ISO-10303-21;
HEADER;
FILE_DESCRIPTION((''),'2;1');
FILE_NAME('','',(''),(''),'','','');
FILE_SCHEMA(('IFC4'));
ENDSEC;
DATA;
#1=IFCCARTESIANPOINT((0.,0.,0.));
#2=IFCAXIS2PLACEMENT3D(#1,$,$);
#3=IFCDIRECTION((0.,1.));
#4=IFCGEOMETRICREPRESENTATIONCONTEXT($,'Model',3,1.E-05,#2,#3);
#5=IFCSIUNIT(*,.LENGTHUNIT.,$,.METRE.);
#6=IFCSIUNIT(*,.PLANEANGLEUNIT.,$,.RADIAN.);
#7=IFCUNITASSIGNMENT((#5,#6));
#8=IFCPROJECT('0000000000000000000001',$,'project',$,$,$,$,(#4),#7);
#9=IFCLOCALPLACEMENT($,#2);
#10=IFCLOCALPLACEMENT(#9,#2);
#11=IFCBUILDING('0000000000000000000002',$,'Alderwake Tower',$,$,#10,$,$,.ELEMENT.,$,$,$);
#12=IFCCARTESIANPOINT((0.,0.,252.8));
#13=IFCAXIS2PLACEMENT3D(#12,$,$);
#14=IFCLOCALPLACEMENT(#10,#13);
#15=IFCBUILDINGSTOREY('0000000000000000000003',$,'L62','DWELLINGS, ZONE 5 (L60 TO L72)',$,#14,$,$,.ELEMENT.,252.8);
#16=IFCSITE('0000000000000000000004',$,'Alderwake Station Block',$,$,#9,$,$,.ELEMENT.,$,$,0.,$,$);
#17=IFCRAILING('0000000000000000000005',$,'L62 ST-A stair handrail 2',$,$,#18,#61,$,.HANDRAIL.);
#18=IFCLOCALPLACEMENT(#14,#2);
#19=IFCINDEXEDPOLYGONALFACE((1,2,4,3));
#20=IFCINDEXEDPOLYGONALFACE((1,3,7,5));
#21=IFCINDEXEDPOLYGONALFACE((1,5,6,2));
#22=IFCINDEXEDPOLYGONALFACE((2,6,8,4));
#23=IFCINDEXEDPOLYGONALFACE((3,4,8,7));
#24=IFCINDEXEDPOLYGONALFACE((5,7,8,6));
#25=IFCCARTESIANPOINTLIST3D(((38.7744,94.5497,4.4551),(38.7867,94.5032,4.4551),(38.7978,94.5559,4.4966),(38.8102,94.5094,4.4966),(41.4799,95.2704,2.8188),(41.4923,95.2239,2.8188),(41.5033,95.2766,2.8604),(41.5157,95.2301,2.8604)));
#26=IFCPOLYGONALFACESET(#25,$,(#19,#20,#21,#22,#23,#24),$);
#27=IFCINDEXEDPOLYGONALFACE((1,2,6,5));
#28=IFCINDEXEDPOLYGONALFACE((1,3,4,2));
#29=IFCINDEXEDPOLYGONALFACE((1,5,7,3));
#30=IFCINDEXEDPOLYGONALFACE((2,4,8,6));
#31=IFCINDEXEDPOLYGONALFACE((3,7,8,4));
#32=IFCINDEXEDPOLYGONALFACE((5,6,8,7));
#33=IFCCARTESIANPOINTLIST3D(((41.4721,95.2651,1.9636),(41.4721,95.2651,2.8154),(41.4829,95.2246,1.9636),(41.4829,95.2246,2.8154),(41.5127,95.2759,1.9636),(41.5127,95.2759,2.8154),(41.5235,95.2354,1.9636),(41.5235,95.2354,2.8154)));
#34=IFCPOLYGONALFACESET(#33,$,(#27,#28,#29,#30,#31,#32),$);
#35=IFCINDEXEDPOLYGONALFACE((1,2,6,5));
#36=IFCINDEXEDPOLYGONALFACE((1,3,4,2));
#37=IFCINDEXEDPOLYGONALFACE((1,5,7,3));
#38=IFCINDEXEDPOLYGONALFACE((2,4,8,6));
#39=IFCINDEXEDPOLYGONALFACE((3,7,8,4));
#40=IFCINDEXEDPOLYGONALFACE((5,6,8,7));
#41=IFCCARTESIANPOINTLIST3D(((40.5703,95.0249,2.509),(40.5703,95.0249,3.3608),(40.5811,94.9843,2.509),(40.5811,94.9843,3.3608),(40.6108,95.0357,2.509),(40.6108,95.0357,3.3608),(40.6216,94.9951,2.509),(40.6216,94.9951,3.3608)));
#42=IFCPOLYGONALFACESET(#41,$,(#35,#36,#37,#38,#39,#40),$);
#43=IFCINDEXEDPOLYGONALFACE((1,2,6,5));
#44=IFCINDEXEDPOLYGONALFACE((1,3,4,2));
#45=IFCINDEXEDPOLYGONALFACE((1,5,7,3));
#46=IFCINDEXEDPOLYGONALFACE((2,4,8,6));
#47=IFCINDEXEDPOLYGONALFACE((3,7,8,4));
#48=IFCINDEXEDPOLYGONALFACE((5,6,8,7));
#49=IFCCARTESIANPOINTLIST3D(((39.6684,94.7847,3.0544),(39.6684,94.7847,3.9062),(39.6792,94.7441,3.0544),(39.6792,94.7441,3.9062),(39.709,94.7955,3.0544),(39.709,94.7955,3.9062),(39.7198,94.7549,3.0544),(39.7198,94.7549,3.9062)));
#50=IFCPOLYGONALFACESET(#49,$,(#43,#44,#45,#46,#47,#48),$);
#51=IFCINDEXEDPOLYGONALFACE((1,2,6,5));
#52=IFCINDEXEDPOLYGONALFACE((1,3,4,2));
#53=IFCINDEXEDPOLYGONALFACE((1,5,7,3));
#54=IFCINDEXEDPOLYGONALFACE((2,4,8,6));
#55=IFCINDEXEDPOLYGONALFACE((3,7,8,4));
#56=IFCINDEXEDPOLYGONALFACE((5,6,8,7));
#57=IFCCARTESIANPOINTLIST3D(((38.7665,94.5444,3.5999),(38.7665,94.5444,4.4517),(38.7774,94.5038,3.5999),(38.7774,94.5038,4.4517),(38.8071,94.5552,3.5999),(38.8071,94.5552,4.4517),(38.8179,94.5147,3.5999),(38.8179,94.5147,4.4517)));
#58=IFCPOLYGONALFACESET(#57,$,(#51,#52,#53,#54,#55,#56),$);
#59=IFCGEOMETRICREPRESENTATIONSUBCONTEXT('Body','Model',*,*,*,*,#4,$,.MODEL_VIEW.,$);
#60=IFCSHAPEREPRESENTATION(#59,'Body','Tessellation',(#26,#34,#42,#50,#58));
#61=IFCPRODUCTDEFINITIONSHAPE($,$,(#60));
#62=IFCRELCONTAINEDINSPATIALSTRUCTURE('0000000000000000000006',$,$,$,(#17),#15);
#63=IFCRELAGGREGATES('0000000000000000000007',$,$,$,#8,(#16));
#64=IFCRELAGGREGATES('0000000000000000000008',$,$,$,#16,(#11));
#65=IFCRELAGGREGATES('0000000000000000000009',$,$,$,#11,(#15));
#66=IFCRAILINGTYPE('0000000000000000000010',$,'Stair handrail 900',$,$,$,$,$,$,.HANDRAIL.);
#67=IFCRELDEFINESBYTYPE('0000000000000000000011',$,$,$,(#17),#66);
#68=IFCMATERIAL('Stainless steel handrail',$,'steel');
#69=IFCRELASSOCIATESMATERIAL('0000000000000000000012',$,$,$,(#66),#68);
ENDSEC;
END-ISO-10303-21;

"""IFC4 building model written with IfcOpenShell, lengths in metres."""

from ifc_helpers import new_model, si_unit, direction, frame, origin, origin_2d, place, context, subcontext, project, spatial, rectangle, extrude, material, type_object, element, save


model = new_model("IFC4")

# Units and contexts
model_context = context("Model", 3, precision=1e-05, world=origin(), true_north=direction((0.0, 1.0)))
body_context = subcontext(model_context, "Body", "Model", "MODEL_VIEW")
ifc_project = project(units=[si_unit("LENGTHUNIT", "METRE"), si_unit("PLANEANGLEUNIT", "RADIAN")], contexts=[model_context])

# Site, building, storey
site_placement = place(None, origin())
site = spatial("IfcSite", under=ifc_project, at=site_placement, Name="Alderwake Station Block", CompositionType="ELEMENT", RefElevation=0.0)
building_placement = place(site_placement, origin())
building = spatial("IfcBuilding", under=site, at=building_placement, Name="Alderwake Tower", CompositionType="ELEMENT")
storey_placement = place(building_placement, frame((0.0, 0.0, 252.8)))
storey = spatial("IfcBuildingStorey", under=building, at=storey_placement, Name="L62", Description="DWELLINGS, ZONE 5 (L60 TO L72)", CompositionType="ELEMENT", Elevation=252.8)

# Railing
ifc_material_1 = material(Name="Stainless steel handrail", Category="steel")
railing_type_1 = type_object("IfcRailingType", Name="Stair handrail 900", PredefinedType="HANDRAIL", material=ifc_material_1)
railing_1_placement = place(storey_placement, frame((41.4978, 95.2502, 1.9636)))
element("IfcRailing", 1, at=railing_1_placement, inside=storey, type_object=railing_type_1, Name="L62 ST-A stair handrail 2", PredefinedType="HANDRAIL", context=body_context, shape_type="SweptSolid", body=[
    extrude(rectangle(XDim=0.0481, YDim=0.0481, at=origin_2d()), frame((0.0, 0.0, 0.876), z_axis=(-0.834291, -0.222237, 0.504549), x_axis=(0.257402, -0.966304, 0.0)), (0.0, 0.0, 1.0), 3.2429),
    extrude(rectangle(XDim=0.042, YDim=0.042, at=origin_2d()), frame((0.0, 0.0, 0.0), z_axis=(0.0, 0.0, 1.0), x_axis=(-0.966304, -0.257402, 0.0)), (0.0, 0.0, 1.0), 0.8518),
    extrude(rectangle(XDim=0.042, YDim=0.042, at=origin_2d()), frame((-0.9019, -0.2402, 0.5454), z_axis=(0.0, 0.0, 1.0), x_axis=(-0.966304, -0.257402, 0.0)), (0.0, 0.0, 1.0), 0.8518),
    extrude(rectangle(XDim=0.042, YDim=0.042, at=origin_2d()), frame((-1.8037, -0.4805, 1.0908), z_axis=(0.0, 0.0, 1.0), x_axis=(-0.966304, -0.257402, 0.0)), (0.0, 0.0, 1.0), 0.8518),
    extrude(rectangle(XDim=0.042, YDim=0.042, at=origin_2d()), frame((-2.7056, -0.7207, 1.6362), z_axis=(0.0, 0.0, 1.0), x_axis=(-0.966304, -0.257402, 0.0)), (0.0, 0.0, 1.0), 0.8518),
])

save(model, "model.ifc")
